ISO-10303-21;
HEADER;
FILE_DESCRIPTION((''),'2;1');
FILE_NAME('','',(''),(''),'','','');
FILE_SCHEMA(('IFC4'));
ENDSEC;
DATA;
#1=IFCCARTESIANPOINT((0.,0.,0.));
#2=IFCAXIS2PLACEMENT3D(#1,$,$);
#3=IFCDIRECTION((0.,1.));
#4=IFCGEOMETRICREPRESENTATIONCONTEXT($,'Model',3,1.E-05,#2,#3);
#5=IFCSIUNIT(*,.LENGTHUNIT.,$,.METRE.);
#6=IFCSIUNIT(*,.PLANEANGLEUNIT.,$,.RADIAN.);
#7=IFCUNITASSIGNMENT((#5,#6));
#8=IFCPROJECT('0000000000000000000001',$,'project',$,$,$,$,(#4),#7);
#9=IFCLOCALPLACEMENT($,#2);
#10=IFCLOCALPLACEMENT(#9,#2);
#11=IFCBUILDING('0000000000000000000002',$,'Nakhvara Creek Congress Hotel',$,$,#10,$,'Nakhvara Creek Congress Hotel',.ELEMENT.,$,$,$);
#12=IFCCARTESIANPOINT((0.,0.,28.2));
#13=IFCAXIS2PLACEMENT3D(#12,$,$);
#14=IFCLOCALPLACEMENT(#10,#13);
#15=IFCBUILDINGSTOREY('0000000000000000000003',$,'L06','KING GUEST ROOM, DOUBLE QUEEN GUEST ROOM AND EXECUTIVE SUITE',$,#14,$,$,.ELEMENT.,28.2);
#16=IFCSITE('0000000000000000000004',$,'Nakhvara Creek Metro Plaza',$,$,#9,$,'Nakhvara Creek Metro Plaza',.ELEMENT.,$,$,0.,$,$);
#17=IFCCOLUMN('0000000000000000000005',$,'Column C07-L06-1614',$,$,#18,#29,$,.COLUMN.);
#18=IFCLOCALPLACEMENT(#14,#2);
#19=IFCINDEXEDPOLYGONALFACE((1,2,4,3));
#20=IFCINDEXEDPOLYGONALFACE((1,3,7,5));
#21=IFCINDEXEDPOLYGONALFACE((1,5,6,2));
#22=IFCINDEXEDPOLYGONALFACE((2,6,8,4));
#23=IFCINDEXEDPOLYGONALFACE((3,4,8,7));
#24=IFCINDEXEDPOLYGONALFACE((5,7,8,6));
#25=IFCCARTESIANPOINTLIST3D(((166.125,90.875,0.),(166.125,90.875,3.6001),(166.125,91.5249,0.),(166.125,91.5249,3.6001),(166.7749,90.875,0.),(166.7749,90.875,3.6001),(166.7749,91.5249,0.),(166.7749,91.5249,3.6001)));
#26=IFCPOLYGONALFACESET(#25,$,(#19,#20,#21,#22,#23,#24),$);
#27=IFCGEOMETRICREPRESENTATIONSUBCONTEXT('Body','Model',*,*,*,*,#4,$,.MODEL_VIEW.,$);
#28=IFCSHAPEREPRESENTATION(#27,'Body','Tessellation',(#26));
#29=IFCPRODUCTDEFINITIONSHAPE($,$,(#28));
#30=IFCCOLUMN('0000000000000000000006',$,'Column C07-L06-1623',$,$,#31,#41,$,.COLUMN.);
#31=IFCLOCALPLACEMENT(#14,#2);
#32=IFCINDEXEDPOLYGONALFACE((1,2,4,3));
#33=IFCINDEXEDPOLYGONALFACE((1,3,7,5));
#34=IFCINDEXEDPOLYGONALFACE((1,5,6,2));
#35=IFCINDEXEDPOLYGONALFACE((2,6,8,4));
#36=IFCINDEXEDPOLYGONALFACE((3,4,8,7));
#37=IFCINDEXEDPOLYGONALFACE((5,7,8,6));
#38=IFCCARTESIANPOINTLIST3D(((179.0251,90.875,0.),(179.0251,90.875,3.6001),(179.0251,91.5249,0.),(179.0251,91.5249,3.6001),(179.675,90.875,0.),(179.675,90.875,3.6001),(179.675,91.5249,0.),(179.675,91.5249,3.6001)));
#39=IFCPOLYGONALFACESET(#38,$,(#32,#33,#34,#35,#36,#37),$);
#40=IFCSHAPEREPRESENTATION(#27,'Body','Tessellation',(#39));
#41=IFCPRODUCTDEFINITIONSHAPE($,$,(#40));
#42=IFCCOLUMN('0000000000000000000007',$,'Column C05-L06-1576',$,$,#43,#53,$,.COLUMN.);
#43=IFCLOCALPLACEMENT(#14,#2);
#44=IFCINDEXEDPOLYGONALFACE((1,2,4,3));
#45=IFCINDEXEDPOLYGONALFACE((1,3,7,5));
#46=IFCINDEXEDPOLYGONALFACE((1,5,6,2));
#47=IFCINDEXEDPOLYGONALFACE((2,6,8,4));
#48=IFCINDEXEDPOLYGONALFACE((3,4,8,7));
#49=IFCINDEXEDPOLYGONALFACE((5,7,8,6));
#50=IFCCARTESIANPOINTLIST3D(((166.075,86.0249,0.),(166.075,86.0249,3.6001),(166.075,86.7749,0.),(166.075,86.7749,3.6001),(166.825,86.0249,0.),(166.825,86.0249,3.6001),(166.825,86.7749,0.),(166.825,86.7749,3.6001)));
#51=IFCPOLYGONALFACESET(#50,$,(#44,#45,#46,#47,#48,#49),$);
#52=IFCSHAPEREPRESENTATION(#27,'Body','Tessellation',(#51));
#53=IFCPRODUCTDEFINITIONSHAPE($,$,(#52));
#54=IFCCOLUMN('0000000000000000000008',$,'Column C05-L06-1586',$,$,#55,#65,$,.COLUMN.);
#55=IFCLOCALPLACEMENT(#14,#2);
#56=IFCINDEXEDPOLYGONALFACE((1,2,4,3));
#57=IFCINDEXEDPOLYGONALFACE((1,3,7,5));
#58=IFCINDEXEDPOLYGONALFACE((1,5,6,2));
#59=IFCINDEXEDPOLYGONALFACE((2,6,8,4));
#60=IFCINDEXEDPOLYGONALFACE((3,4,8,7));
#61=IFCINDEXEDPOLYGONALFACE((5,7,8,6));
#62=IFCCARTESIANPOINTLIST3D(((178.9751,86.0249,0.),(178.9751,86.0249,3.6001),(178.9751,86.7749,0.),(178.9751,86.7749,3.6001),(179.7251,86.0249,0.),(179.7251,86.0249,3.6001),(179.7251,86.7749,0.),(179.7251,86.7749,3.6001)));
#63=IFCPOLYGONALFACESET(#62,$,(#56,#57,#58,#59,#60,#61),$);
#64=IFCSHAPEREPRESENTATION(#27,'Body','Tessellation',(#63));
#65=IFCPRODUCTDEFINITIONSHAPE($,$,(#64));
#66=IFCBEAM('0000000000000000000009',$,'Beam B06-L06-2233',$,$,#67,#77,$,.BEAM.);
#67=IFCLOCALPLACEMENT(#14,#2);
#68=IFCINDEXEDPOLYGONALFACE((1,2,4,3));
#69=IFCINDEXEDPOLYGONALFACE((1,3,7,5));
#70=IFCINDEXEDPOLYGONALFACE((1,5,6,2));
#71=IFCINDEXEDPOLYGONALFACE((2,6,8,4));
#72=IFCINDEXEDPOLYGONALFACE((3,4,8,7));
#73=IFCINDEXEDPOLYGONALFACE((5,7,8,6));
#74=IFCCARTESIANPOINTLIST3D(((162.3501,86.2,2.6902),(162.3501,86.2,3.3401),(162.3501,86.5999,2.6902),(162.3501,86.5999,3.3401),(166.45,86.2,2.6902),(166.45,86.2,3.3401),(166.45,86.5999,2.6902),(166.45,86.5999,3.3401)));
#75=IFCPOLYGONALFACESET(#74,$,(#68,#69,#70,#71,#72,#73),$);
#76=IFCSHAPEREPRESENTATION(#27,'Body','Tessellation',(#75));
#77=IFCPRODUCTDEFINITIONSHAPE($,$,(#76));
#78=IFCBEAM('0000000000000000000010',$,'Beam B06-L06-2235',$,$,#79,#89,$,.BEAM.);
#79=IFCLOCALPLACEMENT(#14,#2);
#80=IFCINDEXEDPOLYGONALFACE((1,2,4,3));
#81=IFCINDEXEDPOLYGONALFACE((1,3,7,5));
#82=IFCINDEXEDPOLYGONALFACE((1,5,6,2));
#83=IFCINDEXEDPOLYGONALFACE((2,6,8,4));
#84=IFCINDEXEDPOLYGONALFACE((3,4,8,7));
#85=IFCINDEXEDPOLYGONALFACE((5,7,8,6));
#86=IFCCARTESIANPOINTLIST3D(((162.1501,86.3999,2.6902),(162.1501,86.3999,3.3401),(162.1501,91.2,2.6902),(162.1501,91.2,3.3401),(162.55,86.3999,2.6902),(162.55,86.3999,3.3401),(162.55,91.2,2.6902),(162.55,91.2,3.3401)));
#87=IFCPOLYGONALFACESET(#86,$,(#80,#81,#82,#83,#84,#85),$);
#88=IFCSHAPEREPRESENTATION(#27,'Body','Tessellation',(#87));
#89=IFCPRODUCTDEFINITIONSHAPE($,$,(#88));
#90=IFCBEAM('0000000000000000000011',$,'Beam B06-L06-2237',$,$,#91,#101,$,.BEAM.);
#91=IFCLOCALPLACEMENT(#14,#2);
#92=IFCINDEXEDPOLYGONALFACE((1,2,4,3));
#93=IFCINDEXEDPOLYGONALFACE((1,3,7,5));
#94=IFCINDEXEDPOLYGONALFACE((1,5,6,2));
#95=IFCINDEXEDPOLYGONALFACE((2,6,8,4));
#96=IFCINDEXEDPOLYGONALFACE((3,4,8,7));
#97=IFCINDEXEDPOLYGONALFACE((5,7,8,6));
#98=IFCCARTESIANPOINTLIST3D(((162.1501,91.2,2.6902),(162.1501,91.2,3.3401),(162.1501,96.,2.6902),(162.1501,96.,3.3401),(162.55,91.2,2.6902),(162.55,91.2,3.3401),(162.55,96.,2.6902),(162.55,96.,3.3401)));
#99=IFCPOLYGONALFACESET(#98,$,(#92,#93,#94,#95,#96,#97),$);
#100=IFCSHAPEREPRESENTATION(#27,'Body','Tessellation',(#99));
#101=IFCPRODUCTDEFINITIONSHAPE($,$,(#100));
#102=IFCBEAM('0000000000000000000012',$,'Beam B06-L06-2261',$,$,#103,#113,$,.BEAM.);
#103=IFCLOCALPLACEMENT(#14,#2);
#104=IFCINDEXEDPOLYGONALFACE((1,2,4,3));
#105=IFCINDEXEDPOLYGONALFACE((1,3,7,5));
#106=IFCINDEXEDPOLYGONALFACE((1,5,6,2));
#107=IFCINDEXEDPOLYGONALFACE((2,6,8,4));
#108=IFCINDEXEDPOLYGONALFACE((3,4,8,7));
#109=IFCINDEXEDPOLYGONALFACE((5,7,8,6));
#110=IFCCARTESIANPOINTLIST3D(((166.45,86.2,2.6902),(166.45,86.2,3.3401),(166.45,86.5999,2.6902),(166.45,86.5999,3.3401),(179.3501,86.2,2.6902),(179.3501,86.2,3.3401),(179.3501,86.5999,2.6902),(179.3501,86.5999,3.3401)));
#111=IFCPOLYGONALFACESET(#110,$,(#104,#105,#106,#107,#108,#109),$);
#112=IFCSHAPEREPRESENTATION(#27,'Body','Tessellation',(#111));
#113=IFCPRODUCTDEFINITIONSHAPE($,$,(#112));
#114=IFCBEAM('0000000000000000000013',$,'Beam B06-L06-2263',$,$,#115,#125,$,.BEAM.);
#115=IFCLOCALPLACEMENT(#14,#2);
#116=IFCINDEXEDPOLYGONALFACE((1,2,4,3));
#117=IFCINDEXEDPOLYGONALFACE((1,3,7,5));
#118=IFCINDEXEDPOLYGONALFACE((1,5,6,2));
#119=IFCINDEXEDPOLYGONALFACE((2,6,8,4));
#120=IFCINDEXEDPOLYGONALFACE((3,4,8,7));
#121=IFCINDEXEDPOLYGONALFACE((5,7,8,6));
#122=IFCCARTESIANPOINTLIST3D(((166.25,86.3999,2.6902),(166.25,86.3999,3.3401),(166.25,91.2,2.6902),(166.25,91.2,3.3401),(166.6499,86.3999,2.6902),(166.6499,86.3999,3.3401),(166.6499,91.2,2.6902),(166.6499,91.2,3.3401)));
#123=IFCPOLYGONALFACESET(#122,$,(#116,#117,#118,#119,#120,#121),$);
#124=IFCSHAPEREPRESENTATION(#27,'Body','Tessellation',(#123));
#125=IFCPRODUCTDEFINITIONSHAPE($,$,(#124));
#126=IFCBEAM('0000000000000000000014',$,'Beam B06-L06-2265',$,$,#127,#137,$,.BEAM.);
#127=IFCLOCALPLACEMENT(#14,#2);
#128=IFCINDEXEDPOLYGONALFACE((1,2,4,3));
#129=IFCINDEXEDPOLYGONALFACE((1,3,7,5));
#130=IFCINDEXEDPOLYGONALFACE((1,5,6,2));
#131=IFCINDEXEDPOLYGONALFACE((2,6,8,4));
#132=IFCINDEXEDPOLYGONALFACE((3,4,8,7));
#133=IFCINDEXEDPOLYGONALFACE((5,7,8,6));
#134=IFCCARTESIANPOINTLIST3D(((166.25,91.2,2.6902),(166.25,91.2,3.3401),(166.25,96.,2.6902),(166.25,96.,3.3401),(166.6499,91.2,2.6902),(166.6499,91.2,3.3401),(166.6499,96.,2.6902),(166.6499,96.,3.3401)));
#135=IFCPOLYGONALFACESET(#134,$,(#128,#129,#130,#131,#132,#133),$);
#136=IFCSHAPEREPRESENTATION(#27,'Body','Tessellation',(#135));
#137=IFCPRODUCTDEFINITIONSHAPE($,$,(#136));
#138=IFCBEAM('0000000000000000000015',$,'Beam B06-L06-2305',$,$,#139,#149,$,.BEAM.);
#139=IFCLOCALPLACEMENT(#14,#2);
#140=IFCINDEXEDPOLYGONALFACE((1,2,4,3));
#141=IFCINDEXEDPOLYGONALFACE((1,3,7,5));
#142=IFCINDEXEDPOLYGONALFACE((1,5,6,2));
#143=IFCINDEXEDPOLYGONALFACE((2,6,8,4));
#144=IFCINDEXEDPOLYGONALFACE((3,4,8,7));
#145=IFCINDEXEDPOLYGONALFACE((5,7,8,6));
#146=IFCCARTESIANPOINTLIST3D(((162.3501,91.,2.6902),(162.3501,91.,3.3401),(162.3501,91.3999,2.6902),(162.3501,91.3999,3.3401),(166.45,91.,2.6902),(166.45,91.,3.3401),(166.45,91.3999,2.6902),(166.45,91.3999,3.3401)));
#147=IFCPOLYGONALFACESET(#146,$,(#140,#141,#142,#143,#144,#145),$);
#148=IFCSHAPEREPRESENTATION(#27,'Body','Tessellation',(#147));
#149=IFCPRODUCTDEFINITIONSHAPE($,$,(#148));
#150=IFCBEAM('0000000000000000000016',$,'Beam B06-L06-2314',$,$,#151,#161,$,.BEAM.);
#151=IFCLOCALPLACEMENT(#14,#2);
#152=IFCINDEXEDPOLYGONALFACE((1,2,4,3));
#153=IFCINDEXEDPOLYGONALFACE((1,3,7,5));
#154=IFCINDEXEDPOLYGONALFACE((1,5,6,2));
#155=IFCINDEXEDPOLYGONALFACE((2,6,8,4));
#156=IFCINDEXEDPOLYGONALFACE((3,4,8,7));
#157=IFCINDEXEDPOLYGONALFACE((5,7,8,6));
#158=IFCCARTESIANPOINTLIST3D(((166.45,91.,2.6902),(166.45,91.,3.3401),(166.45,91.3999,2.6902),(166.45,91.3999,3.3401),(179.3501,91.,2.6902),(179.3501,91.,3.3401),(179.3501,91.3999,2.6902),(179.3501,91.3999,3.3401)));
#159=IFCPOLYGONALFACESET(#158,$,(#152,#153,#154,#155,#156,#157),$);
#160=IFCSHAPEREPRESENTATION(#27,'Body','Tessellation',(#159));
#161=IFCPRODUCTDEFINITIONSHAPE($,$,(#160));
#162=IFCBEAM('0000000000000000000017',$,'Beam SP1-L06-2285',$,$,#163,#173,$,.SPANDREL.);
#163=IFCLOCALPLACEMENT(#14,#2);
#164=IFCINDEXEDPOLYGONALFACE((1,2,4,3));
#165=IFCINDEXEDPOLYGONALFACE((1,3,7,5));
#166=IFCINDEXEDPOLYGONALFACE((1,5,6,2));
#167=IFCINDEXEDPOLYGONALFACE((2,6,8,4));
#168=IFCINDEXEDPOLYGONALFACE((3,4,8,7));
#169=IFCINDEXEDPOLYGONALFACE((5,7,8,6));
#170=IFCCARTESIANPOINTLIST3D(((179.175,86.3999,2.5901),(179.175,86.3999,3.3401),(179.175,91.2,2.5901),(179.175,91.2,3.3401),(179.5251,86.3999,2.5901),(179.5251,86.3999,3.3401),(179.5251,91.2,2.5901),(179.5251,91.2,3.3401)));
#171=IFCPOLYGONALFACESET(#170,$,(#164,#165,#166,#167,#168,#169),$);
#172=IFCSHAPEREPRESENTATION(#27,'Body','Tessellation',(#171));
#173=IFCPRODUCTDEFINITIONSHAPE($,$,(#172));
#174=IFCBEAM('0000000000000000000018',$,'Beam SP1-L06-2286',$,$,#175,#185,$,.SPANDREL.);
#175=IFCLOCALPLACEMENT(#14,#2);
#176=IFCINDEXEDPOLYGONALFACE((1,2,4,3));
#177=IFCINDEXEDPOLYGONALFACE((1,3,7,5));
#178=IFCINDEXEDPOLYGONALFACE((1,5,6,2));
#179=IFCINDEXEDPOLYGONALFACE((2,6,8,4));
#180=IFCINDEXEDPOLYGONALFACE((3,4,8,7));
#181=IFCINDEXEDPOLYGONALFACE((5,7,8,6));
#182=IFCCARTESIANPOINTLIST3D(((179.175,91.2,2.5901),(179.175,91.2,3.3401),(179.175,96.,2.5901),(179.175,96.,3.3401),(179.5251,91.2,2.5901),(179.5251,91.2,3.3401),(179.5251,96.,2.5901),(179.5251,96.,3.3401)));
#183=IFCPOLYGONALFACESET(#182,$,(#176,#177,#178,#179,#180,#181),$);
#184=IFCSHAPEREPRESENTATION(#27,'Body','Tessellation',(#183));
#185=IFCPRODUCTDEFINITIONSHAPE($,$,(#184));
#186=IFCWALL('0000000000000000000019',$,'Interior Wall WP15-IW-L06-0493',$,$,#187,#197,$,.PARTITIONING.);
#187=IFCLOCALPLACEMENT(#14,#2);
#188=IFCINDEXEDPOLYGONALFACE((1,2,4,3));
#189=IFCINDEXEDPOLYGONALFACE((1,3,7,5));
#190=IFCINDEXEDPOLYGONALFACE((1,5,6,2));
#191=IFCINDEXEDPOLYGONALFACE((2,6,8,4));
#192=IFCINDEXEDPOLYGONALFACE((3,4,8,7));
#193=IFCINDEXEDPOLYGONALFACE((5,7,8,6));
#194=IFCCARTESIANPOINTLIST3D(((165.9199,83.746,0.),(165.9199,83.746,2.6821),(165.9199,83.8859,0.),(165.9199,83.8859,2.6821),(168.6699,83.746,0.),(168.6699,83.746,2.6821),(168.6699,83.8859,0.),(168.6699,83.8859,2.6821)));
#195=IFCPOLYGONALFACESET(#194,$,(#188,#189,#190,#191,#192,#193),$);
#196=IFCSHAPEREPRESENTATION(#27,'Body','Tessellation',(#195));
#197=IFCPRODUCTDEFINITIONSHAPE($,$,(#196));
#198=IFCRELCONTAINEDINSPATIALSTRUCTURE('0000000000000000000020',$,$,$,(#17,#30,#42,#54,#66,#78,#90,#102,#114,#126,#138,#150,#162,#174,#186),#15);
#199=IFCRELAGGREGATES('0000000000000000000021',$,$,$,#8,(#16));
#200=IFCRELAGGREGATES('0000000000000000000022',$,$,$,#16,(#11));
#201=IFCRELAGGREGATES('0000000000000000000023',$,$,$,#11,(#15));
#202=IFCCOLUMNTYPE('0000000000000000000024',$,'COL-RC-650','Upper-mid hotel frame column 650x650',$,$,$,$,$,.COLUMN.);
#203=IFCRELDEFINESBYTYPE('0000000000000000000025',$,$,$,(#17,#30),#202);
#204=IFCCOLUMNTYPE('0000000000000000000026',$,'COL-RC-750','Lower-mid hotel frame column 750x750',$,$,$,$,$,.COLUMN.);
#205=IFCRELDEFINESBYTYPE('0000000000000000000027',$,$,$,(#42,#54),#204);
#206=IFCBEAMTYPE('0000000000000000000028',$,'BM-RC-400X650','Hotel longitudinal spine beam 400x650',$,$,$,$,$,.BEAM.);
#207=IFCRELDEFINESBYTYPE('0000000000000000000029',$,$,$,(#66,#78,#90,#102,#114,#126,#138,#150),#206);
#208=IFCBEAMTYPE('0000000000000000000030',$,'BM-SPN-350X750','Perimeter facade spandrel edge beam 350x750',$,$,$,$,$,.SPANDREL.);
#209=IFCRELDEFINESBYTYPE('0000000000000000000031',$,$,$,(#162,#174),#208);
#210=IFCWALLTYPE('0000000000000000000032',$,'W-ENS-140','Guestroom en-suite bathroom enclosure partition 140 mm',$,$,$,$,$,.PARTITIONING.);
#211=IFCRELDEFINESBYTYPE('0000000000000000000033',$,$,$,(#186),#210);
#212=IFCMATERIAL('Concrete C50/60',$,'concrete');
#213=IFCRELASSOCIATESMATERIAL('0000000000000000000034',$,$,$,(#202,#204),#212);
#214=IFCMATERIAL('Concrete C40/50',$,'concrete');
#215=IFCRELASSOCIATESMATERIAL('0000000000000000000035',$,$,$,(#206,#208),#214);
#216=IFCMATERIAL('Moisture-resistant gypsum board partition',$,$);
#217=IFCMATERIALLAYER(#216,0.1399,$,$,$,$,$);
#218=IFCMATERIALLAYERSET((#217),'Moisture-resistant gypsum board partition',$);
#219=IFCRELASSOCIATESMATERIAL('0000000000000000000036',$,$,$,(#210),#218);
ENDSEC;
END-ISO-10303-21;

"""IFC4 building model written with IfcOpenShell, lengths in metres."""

from ifc_helpers import new_model, si_unit, direction, frame, frame_2d, origin, origin_2d, place, context, subcontext, project, spatial, rectangle, extrude, material, layer, layer_set, material_profile, profile_set, type_object, element, save


model = new_model("IFC4")

# Units and contexts
model_context = context("Model", 3, precision=1e-05, world=origin(), true_north=direction((0.0, 1.0)))
body_context = subcontext(model_context, "Body", "Model", "MODEL_VIEW")
ifc_project = project(units=[si_unit("LENGTHUNIT", "METRE"), si_unit("PLANEANGLEUNIT", "RADIAN")], contexts=[model_context])

# Site, building, storey
site_placement = place(None, origin())
site = spatial("IfcSite", under=ifc_project, at=site_placement, Name="Nakhvara Creek Metro Plaza", LongName="Nakhvara Creek Metro Plaza", CompositionType="ELEMENT", RefElevation=0.0)
building_placement = place(site_placement, origin())
building = spatial("IfcBuilding", under=site, at=building_placement, Name="Nakhvara Creek Congress Hotel", LongName="Nakhvara Creek Congress Hotel", CompositionType="ELEMENT")
storey_placement = place(building_placement, frame((0.0, 0.0, 28.2)))
storey = spatial("IfcBuildingStorey", under=building, at=storey_placement, Name="L06", Description="KING GUEST ROOM, DOUBLE QUEEN GUEST ROOM AND EXECUTIVE SUITE", CompositionType="ELEMENT", Elevation=28.2)

# Columns
ifc_material_1 = material(Name="Concrete C50/60", Category="concrete")
ifc_material_profile_1 = material_profile(ifc_material_1, rectangle(XDim=0.6499, YDim=0.6499, at=origin_2d()), Name="RC-COL 650x650", Category="LoadBearing")
ifc_profile_set_1 = profile_set([ifc_material_profile_1], Name="Concrete C50/60")
column_type_1 = type_object("IfcColumnType", Name="COL-RC-650", Description="Upper-mid hotel frame column 650x650", PredefinedType="COLUMN", material=ifc_profile_set_1)
for number, where, z_axis, x_axis, name in (
    (1, (166.45, 91.2, 0.0), (0.0, 0.0, 1.0), (1.0, 0.0, 0.0), "Column C07-L06-1614"),
    (2, (179.3501, 91.2, 0.0), (0.0, 0.0, 1.0), (1.0, 0.0, 0.0), "Column C07-L06-1623"),
):
    element("IfcColumn", number, at=place(storey_placement, frame(where, z_axis=z_axis, x_axis=x_axis)), inside=storey, type_object=column_type_1, Name=name, PredefinedType="COLUMN", context=body_context, shape_type="SweptSolid", body=[
        extrude(rectangle(XDim=0.6499, YDim=0.6499, at=origin_2d()), origin(), (0.0, 0.0, 1.0), 3.6001),
    ])
ifc_material_profile_2 = material_profile(ifc_material_1, rectangle(XDim=0.75, YDim=0.75, at=origin_2d()), Name="RC-COL 750x750", Category="LoadBearing")
ifc_profile_set_2 = profile_set([ifc_material_profile_2], Name="Concrete C50/60")
column_type_2 = type_object("IfcColumnType", Name="COL-RC-750", Description="Lower-mid hotel frame column 750x750", PredefinedType="COLUMN", material=ifc_profile_set_2)
for number, where, z_axis, x_axis, name in (
    (3, (166.45, 86.3999, 0.0), (0.0, 0.0, 1.0), (1.0, 0.0, 0.0), "Column C05-L06-1576"),
    (4, (179.3501, 86.3999, 0.0), (0.0, 0.0, 1.0), (1.0, 0.0, 0.0), "Column C05-L06-1586"),
):
    element("IfcColumn", number, at=place(storey_placement, frame(where, z_axis=z_axis, x_axis=x_axis)), inside=storey, type_object=column_type_2, Name=name, PredefinedType="COLUMN", context=body_context, shape_type="SweptSolid", body=[
        extrude(rectangle(XDim=0.75, YDim=0.75, at=origin_2d()), origin(), (0.0, 0.0, 1.0), 3.6001),
    ])

# Beams
ifc_material_2 = material(Name="Concrete C40/50", Category="concrete")
ifc_material_profile_3 = material_profile(ifc_material_2, rectangle(XDim=0.3999, YDim=0.6499, at=origin_2d()), Name="RC-BM 400x650", Category="LoadBearing")
ifc_profile_set_3 = profile_set([ifc_material_profile_3], Name="Concrete C40/50")
beam_type_1 = type_object("IfcBeamType", Name="BM-RC-400X650", Description="Hotel longitudinal spine beam 400x650", PredefinedType="BEAM", material=ifc_profile_set_3)
beam_1_placement = place(storey_placement, frame((162.3501, 86.3999, 3.0151), z_axis=(1.0, 0.0, 0.0), x_axis=(0.0, 1.0, 0.0)))
element("IfcBeam", 5, at=beam_1_placement, inside=storey, type_object=beam_type_1, Name="Beam B06-L06-2233", PredefinedType="BEAM", context=body_context, shape_type="SweptSolid", body=[
    extrude(rectangle(XDim=0.3999, YDim=0.6499, at=origin_2d()), origin(), (0.0, 0.0, 1.0), 4.0999),
])
for number, where, z_axis, x_axis, name in (
    (6, (162.3501, 86.3999, 3.0151), (0.0, 1.0, 0.0), (-1.0, 0.0, 0.0), "Beam B06-L06-2235"),
    (7, (162.3501, 91.2, 3.0151), (0.0, 1.0, 0.0), (-1.0, 0.0, 0.0), "Beam B06-L06-2237"),
):
    element("IfcBeam", number, at=place(storey_placement, frame(where, z_axis=z_axis, x_axis=x_axis)), inside=storey, type_object=beam_type_1, Name=name, PredefinedType="BEAM", context=body_context, shape_type="SweptSolid", body=[
        extrude(rectangle(XDim=0.3999, YDim=0.6499, at=origin_2d()), origin(), (0.0, 0.0, 1.0), 4.8),
    ])
beam_2_placement = place(storey_placement, frame((166.45, 86.3999, 3.0151), z_axis=(1.0, 0.0, 0.0), x_axis=(0.0, 1.0, 0.0)))
element("IfcBeam", 8, at=beam_2_placement, inside=storey, type_object=beam_type_1, Name="Beam B06-L06-2261", PredefinedType="BEAM", context=body_context, shape_type="SweptSolid", body=[
    extrude(rectangle(XDim=0.3999, YDim=0.6499, at=origin_2d()), origin(), (0.0, 0.0, 1.0), 12.9001),
])
for number, where, z_axis, x_axis, name in (
    (9, (166.45, 86.3999, 3.0151), (0.0, 1.0, 0.0), (-1.0, 0.0, 0.0), "Beam B06-L06-2263"),
    (10, (166.45, 91.2, 3.0151), (0.0, 1.0, 0.0), (-1.0, 0.0, 0.0), "Beam B06-L06-2265"),
):
    element("IfcBeam", number, at=place(storey_placement, frame(where, z_axis=z_axis, x_axis=x_axis)), inside=storey, type_object=beam_type_1, Name=name, PredefinedType="BEAM", context=body_context, shape_type="SweptSolid", body=[
        extrude(rectangle(XDim=0.3999, YDim=0.6499, at=origin_2d()), origin(), (0.0, 0.0, 1.0), 4.8),
    ])
beam_3_placement = place(storey_placement, frame((162.3501, 91.2, 3.0151), z_axis=(1.0, 0.0, 0.0), x_axis=(0.0, 1.0, 0.0)))
element("IfcBeam", 11, at=beam_3_placement, inside=storey, type_object=beam_type_1, Name="Beam B06-L06-2305", PredefinedType="BEAM", context=body_context, shape_type="SweptSolid", body=[
    extrude(rectangle(XDim=0.3999, YDim=0.6499, at=origin_2d()), origin(), (0.0, 0.0, 1.0), 4.0999),
])
beam_4_placement = place(storey_placement, frame((166.45, 91.2, 3.0151), z_axis=(1.0, 0.0, 0.0), x_axis=(0.0, 1.0, 0.0)))
element("IfcBeam", 12, at=beam_4_placement, inside=storey, type_object=beam_type_1, Name="Beam B06-L06-2314", PredefinedType="BEAM", context=body_context, shape_type="SweptSolid", body=[
    extrude(rectangle(XDim=0.3999, YDim=0.6499, at=origin_2d()), origin(), (0.0, 0.0, 1.0), 12.9001),
])
ifc_material_profile_4 = material_profile(ifc_material_2, rectangle(XDim=0.3501, YDim=0.75, at=origin_2d()), Name="RC-SPANDREL 350x750", Category="LoadBearing")
ifc_profile_set_4 = profile_set([ifc_material_profile_4], Name="Concrete C40/50")
beam_type_2 = type_object("IfcBeamType", Name="BM-SPN-350X750", Description="Perimeter facade spandrel edge beam 350x750", PredefinedType="SPANDREL", material=ifc_profile_set_4)
for number, where, z_axis, x_axis, name in (
    (13, (179.3501, 86.3999, 2.9651), (0.0, 1.0, 0.0), (-1.0, 0.0, 0.0), "Beam SP1-L06-2285"),
    (14, (179.3501, 91.2, 2.9651), (0.0, 1.0, 0.0), (-1.0, 0.0, 0.0), "Beam SP1-L06-2286"),
):
    element("IfcBeam", number, at=place(storey_placement, frame(where, z_axis=z_axis, x_axis=x_axis)), inside=storey, type_object=beam_type_2, Name=name, PredefinedType="SPANDREL", context=body_context, shape_type="SweptSolid", body=[
        extrude(rectangle(XDim=0.3501, YDim=0.75, at=origin_2d()), origin(), (0.0, 0.0, 1.0), 4.8),
    ])

# Wall
ifc_material_3 = material(Name="Moisture-resistant gypsum board partition")
ifc_layer_1 = layer(ifc_material_3, 0.1399)
ifc_layer_set_1 = layer_set([ifc_layer_1], Name="Moisture-resistant gypsum board partition")
wall_type_1 = type_object("IfcWallType", Name="W-ENS-140", Description="Guestroom en-suite bathroom enclosure partition 140 mm", PredefinedType="PARTITIONING", material=ifc_layer_set_1)
wall_1_placement = place(storey_placement, frame((165.9199, 83.8159, 0.0), z_axis=(0.0, 0.0, 1.0), x_axis=(1.0, 0.0, 0.0)))
element("IfcWall", 15, at=wall_1_placement, inside=storey, type_object=wall_type_1, Name="Interior Wall WP15-IW-L06-0493", PredefinedType="PARTITIONING", context=body_context, shape_type="SweptSolid", body=[
    extrude(rectangle(XDim=2.75, YDim=0.1399, at=frame_2d((1.375, 0.0))), origin(), (0.0, 0.0, 1.0), 2.6821),
])

save(model, "model.ifc")
